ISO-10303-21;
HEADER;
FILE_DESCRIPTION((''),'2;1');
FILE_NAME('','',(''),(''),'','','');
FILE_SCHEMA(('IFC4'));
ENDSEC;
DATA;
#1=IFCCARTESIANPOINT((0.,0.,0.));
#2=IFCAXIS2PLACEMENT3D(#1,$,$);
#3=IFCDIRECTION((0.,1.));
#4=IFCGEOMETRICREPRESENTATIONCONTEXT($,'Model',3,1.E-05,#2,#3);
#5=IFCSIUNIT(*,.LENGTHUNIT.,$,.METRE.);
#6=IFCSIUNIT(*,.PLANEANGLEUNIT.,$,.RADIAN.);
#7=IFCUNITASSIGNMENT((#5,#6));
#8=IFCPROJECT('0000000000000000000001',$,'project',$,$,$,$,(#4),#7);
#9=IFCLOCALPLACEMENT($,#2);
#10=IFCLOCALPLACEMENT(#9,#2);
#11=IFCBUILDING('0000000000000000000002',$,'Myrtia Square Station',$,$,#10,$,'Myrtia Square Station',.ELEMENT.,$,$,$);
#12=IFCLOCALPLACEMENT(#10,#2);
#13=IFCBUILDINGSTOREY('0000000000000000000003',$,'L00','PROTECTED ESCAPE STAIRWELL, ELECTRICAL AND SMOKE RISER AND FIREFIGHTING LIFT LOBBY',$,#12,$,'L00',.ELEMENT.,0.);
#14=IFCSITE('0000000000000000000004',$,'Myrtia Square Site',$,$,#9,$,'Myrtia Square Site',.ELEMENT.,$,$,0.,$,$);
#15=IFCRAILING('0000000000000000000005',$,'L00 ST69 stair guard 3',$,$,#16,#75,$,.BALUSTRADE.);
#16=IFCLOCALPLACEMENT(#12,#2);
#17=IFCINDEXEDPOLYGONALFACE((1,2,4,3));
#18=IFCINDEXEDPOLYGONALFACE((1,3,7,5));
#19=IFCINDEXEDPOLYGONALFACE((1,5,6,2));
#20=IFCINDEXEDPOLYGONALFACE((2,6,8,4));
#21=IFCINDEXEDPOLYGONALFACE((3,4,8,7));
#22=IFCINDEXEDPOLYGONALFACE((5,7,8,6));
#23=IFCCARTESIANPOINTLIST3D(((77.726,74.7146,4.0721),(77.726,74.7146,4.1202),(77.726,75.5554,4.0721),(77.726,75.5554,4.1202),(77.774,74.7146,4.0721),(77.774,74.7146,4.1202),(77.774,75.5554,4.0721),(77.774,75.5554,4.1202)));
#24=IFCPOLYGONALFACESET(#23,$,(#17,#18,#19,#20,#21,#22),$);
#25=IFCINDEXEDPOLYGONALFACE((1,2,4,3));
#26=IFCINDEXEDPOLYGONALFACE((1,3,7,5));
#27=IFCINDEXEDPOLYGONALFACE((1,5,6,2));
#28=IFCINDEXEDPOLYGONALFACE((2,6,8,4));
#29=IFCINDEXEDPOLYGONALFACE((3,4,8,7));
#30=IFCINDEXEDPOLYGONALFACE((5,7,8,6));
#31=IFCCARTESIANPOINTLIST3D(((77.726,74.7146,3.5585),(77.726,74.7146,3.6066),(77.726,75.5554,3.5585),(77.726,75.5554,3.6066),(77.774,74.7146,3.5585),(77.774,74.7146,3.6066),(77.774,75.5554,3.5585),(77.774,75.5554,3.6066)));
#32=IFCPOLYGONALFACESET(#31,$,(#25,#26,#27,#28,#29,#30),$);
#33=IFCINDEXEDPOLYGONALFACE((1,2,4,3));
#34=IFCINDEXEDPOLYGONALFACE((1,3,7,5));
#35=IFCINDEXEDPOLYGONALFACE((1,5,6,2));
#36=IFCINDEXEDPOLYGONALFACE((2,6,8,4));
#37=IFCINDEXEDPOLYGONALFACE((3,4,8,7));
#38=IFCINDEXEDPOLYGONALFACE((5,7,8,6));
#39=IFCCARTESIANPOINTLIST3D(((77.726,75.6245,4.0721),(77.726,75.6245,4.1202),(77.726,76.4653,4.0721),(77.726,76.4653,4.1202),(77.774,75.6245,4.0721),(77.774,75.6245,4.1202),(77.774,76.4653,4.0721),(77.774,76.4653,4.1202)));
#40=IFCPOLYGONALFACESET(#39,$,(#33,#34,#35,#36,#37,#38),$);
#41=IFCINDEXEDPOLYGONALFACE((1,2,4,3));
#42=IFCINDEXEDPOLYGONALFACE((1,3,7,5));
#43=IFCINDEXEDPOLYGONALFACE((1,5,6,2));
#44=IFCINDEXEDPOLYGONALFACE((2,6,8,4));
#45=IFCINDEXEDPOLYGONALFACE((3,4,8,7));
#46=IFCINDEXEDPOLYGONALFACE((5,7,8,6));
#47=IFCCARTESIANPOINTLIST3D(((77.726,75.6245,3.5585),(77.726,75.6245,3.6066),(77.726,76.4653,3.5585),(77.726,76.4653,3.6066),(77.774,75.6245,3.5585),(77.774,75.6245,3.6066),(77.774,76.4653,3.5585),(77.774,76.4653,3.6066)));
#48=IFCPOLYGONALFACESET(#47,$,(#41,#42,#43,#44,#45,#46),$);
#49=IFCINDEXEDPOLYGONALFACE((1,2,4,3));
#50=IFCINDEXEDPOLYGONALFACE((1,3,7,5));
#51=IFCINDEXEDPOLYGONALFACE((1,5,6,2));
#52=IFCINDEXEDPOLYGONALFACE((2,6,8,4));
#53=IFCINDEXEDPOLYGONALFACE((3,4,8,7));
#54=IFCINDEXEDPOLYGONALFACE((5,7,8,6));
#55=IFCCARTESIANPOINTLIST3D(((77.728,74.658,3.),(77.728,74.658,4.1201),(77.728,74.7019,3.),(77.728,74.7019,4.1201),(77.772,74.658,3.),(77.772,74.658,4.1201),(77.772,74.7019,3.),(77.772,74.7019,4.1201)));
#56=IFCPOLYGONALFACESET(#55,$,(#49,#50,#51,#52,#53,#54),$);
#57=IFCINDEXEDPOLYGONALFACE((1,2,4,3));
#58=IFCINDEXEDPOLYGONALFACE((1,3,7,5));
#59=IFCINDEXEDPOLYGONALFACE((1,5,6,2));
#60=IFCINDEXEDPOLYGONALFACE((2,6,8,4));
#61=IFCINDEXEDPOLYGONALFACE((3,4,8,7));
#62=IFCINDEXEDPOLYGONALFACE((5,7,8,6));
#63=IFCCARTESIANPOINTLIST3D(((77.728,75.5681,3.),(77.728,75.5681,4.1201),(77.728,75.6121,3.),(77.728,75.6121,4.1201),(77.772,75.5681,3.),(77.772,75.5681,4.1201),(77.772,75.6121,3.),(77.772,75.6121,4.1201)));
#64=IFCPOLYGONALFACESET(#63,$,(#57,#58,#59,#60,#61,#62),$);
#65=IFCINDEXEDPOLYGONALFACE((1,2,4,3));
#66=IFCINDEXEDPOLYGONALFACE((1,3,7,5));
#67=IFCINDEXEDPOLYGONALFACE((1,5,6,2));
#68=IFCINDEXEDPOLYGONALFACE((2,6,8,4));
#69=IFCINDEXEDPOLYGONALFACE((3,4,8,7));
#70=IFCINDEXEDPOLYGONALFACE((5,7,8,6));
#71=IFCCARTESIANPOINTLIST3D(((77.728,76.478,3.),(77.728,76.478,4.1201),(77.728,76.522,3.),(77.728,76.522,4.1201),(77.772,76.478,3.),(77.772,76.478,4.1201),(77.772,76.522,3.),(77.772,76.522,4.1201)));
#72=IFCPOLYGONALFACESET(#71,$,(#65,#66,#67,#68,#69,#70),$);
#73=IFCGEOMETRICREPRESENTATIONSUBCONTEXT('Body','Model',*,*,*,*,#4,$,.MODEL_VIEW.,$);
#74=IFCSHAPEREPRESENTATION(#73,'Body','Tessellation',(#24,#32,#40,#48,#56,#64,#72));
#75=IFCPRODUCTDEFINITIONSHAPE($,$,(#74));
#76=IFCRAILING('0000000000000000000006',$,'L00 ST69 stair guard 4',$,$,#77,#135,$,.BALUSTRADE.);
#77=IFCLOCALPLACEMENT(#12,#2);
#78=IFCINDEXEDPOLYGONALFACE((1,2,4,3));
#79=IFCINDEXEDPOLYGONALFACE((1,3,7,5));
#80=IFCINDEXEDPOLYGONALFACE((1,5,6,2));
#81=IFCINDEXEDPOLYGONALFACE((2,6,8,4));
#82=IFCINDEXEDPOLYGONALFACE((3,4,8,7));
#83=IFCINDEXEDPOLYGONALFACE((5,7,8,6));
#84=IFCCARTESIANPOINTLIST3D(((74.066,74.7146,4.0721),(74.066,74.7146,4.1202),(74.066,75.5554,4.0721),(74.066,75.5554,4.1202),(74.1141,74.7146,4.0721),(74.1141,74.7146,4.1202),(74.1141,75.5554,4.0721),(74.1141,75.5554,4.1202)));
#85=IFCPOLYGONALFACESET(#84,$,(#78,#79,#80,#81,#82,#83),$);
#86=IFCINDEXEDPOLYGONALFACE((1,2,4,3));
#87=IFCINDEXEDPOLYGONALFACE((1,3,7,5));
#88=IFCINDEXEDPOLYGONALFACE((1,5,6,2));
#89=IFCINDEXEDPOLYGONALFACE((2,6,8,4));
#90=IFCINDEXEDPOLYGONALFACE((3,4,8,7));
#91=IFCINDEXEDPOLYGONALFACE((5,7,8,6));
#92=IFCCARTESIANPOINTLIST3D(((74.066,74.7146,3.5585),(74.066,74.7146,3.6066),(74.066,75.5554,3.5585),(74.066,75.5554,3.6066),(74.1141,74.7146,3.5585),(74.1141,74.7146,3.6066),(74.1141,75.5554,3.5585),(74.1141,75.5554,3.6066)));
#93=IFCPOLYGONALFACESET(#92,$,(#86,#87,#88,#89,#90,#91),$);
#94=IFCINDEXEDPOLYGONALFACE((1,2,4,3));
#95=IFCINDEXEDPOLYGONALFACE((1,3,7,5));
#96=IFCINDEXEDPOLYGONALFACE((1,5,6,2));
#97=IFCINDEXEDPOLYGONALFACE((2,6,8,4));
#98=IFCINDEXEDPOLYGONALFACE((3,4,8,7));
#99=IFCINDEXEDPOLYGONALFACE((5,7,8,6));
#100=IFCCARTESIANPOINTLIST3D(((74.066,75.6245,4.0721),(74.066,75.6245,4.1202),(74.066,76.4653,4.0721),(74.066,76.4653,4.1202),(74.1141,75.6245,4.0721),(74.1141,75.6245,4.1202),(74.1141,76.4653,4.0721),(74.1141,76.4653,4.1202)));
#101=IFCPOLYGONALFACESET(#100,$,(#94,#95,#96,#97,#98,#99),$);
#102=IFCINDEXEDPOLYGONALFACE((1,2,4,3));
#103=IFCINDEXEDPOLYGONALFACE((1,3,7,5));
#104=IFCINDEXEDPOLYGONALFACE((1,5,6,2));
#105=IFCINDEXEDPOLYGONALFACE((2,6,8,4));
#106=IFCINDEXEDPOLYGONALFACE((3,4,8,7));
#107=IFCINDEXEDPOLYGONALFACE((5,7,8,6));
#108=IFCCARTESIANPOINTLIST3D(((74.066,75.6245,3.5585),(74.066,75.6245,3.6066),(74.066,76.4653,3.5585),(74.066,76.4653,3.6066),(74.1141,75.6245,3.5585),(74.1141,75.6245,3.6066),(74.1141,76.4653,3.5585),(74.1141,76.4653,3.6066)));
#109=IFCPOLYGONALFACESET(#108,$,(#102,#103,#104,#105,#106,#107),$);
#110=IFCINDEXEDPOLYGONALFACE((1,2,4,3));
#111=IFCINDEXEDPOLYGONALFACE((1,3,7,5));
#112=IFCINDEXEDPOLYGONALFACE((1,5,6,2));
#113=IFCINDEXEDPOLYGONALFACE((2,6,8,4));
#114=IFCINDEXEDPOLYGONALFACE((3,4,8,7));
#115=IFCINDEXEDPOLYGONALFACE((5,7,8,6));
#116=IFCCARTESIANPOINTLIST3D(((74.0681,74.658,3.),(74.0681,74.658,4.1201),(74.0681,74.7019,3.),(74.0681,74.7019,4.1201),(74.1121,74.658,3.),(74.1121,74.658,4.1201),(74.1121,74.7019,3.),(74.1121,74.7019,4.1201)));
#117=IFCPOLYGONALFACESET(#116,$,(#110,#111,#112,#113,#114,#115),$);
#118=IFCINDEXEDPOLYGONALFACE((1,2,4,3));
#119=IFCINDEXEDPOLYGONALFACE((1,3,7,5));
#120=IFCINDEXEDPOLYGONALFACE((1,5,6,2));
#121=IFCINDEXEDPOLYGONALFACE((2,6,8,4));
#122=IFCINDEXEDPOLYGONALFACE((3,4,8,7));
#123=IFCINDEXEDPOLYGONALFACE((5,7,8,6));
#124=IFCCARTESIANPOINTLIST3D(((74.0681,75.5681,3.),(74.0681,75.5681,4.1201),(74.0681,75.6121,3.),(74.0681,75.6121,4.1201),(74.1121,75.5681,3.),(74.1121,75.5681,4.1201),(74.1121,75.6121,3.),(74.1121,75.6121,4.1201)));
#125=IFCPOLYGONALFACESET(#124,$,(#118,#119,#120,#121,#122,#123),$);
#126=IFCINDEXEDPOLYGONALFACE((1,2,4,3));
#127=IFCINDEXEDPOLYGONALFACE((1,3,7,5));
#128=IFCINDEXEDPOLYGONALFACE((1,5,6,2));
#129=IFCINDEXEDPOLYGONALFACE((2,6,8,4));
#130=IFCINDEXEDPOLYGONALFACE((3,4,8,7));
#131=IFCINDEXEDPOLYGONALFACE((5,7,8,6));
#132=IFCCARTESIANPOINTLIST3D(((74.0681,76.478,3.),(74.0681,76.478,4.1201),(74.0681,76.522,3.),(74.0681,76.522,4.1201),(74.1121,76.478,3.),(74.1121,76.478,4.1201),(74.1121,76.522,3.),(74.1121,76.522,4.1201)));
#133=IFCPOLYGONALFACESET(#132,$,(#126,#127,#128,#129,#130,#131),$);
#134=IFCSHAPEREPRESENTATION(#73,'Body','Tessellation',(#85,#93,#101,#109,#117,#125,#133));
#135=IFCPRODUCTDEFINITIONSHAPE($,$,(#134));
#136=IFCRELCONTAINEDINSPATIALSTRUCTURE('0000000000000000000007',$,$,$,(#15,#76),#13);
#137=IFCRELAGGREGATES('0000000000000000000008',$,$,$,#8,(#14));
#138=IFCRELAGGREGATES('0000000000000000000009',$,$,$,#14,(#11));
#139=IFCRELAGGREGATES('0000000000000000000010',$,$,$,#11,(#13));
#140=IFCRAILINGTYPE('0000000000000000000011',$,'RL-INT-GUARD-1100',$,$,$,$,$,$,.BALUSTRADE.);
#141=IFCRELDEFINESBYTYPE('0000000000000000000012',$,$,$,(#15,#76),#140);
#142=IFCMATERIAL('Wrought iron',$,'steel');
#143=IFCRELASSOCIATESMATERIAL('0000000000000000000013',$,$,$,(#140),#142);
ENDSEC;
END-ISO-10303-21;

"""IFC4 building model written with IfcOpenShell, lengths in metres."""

from ifc_helpers import new_model, si_unit, direction, frame, origin, origin_2d, place, context, subcontext, project, spatial, rectangle, extrude, material, type_object, element, save


model = new_model("IFC4")

# Units and contexts
model_context = context("Model", 3, precision=1e-05, world=origin(), true_north=direction((0.0, 1.0)))
body_context = subcontext(model_context, "Body", "Model", "MODEL_VIEW")
ifc_project = project(units=[si_unit("LENGTHUNIT", "METRE"), si_unit("PLANEANGLEUNIT", "RADIAN")], contexts=[model_context])

# Site, building, storey
site_placement = place(None, origin())
site = spatial("IfcSite", under=ifc_project, at=site_placement, Name="Myrtia Square Site", LongName="Myrtia Square Site", CompositionType="ELEMENT", RefElevation=0.0)
building_placement = place(site_placement, origin())
building = spatial("IfcBuilding", under=site, at=building_placement, Name="Myrtia Square Station", LongName="Myrtia Square Station", CompositionType="ELEMENT")
storey_placement = place(building_placement, origin())
storey = spatial("IfcBuildingStorey", under=building, at=storey_placement, Name="L00", Description="PROTECTED ESCAPE STAIRWELL, ELECTRICAL AND SMOKE RISER AND FIREFIGHTING LIFT LOBBY", LongName="L00", CompositionType="ELEMENT", Elevation=0.0)

# Railings
ifc_material_1 = material(Name="Wrought iron", Category="steel")
railing_type_1 = type_object("IfcRailingType", Name="RL-INT-GUARD-1100", PredefinedType="BALUSTRADE", material=ifc_material_1)
for number, where, name in (
    (1, (77.75, 74.6799, 3.0), "L00 ST69 stair guard 3"),
    (2, (74.0901, 74.6799, 3.0), "L00 ST69 stair guard 4"),
):
    element("IfcRailing", number, at=place(storey_placement, frame(where)), inside=storey, type_object=railing_type_1, Name=name, PredefinedType="BALUSTRADE", context=body_context, shape_type="SweptSolid", body=[
        extrude(rectangle(XDim=0.0481, YDim=0.0481, at=origin_2d()), frame((0.0, 0.0347, 1.0962), z_axis=(0.0, 1.0, 0.0), x_axis=(-1.0, 0.0, 0.0)), (0.0, 0.0, 1.0), 0.8408),
        extrude(rectangle(XDim=0.0481, YDim=0.0481, at=origin_2d()), frame((0.0, 0.0347, 0.5825), z_axis=(0.0, 1.0, 0.0), x_axis=(-1.0, 0.0, 0.0)), (0.0, 0.0, 1.0), 0.8408),
        extrude(rectangle(XDim=0.0481, YDim=0.0481, at=origin_2d()), frame((0.0, 0.9446, 1.0962), z_axis=(0.0, 1.0, 0.0), x_axis=(-1.0, 0.0, 0.0)), (0.0, 0.0, 1.0), 0.8408),
        extrude(rectangle(XDim=0.0481, YDim=0.0481, at=origin_2d()), frame((0.0, 0.9446, 0.5825), z_axis=(0.0, 1.0, 0.0), x_axis=(-1.0, 0.0, 0.0)), (0.0, 0.0, 1.0), 0.8408),
        extrude(rectangle(XDim=0.0439, YDim=0.0439, at=origin_2d()), origin(), (0.0, 0.0, 1.0), 1.1201),
        extrude(rectangle(XDim=0.0439, YDim=0.0439, at=origin_2d()), frame((0.0, 0.9102, 0.0)), (0.0, 0.0, 1.0), 1.1201),
        extrude(rectangle(XDim=0.0439, YDim=0.0439, at=origin_2d()), frame((0.0, 1.8201, 0.0)), (0.0, 0.0, 1.0), 1.1201),
    ])

save(model, "model.ifc")
